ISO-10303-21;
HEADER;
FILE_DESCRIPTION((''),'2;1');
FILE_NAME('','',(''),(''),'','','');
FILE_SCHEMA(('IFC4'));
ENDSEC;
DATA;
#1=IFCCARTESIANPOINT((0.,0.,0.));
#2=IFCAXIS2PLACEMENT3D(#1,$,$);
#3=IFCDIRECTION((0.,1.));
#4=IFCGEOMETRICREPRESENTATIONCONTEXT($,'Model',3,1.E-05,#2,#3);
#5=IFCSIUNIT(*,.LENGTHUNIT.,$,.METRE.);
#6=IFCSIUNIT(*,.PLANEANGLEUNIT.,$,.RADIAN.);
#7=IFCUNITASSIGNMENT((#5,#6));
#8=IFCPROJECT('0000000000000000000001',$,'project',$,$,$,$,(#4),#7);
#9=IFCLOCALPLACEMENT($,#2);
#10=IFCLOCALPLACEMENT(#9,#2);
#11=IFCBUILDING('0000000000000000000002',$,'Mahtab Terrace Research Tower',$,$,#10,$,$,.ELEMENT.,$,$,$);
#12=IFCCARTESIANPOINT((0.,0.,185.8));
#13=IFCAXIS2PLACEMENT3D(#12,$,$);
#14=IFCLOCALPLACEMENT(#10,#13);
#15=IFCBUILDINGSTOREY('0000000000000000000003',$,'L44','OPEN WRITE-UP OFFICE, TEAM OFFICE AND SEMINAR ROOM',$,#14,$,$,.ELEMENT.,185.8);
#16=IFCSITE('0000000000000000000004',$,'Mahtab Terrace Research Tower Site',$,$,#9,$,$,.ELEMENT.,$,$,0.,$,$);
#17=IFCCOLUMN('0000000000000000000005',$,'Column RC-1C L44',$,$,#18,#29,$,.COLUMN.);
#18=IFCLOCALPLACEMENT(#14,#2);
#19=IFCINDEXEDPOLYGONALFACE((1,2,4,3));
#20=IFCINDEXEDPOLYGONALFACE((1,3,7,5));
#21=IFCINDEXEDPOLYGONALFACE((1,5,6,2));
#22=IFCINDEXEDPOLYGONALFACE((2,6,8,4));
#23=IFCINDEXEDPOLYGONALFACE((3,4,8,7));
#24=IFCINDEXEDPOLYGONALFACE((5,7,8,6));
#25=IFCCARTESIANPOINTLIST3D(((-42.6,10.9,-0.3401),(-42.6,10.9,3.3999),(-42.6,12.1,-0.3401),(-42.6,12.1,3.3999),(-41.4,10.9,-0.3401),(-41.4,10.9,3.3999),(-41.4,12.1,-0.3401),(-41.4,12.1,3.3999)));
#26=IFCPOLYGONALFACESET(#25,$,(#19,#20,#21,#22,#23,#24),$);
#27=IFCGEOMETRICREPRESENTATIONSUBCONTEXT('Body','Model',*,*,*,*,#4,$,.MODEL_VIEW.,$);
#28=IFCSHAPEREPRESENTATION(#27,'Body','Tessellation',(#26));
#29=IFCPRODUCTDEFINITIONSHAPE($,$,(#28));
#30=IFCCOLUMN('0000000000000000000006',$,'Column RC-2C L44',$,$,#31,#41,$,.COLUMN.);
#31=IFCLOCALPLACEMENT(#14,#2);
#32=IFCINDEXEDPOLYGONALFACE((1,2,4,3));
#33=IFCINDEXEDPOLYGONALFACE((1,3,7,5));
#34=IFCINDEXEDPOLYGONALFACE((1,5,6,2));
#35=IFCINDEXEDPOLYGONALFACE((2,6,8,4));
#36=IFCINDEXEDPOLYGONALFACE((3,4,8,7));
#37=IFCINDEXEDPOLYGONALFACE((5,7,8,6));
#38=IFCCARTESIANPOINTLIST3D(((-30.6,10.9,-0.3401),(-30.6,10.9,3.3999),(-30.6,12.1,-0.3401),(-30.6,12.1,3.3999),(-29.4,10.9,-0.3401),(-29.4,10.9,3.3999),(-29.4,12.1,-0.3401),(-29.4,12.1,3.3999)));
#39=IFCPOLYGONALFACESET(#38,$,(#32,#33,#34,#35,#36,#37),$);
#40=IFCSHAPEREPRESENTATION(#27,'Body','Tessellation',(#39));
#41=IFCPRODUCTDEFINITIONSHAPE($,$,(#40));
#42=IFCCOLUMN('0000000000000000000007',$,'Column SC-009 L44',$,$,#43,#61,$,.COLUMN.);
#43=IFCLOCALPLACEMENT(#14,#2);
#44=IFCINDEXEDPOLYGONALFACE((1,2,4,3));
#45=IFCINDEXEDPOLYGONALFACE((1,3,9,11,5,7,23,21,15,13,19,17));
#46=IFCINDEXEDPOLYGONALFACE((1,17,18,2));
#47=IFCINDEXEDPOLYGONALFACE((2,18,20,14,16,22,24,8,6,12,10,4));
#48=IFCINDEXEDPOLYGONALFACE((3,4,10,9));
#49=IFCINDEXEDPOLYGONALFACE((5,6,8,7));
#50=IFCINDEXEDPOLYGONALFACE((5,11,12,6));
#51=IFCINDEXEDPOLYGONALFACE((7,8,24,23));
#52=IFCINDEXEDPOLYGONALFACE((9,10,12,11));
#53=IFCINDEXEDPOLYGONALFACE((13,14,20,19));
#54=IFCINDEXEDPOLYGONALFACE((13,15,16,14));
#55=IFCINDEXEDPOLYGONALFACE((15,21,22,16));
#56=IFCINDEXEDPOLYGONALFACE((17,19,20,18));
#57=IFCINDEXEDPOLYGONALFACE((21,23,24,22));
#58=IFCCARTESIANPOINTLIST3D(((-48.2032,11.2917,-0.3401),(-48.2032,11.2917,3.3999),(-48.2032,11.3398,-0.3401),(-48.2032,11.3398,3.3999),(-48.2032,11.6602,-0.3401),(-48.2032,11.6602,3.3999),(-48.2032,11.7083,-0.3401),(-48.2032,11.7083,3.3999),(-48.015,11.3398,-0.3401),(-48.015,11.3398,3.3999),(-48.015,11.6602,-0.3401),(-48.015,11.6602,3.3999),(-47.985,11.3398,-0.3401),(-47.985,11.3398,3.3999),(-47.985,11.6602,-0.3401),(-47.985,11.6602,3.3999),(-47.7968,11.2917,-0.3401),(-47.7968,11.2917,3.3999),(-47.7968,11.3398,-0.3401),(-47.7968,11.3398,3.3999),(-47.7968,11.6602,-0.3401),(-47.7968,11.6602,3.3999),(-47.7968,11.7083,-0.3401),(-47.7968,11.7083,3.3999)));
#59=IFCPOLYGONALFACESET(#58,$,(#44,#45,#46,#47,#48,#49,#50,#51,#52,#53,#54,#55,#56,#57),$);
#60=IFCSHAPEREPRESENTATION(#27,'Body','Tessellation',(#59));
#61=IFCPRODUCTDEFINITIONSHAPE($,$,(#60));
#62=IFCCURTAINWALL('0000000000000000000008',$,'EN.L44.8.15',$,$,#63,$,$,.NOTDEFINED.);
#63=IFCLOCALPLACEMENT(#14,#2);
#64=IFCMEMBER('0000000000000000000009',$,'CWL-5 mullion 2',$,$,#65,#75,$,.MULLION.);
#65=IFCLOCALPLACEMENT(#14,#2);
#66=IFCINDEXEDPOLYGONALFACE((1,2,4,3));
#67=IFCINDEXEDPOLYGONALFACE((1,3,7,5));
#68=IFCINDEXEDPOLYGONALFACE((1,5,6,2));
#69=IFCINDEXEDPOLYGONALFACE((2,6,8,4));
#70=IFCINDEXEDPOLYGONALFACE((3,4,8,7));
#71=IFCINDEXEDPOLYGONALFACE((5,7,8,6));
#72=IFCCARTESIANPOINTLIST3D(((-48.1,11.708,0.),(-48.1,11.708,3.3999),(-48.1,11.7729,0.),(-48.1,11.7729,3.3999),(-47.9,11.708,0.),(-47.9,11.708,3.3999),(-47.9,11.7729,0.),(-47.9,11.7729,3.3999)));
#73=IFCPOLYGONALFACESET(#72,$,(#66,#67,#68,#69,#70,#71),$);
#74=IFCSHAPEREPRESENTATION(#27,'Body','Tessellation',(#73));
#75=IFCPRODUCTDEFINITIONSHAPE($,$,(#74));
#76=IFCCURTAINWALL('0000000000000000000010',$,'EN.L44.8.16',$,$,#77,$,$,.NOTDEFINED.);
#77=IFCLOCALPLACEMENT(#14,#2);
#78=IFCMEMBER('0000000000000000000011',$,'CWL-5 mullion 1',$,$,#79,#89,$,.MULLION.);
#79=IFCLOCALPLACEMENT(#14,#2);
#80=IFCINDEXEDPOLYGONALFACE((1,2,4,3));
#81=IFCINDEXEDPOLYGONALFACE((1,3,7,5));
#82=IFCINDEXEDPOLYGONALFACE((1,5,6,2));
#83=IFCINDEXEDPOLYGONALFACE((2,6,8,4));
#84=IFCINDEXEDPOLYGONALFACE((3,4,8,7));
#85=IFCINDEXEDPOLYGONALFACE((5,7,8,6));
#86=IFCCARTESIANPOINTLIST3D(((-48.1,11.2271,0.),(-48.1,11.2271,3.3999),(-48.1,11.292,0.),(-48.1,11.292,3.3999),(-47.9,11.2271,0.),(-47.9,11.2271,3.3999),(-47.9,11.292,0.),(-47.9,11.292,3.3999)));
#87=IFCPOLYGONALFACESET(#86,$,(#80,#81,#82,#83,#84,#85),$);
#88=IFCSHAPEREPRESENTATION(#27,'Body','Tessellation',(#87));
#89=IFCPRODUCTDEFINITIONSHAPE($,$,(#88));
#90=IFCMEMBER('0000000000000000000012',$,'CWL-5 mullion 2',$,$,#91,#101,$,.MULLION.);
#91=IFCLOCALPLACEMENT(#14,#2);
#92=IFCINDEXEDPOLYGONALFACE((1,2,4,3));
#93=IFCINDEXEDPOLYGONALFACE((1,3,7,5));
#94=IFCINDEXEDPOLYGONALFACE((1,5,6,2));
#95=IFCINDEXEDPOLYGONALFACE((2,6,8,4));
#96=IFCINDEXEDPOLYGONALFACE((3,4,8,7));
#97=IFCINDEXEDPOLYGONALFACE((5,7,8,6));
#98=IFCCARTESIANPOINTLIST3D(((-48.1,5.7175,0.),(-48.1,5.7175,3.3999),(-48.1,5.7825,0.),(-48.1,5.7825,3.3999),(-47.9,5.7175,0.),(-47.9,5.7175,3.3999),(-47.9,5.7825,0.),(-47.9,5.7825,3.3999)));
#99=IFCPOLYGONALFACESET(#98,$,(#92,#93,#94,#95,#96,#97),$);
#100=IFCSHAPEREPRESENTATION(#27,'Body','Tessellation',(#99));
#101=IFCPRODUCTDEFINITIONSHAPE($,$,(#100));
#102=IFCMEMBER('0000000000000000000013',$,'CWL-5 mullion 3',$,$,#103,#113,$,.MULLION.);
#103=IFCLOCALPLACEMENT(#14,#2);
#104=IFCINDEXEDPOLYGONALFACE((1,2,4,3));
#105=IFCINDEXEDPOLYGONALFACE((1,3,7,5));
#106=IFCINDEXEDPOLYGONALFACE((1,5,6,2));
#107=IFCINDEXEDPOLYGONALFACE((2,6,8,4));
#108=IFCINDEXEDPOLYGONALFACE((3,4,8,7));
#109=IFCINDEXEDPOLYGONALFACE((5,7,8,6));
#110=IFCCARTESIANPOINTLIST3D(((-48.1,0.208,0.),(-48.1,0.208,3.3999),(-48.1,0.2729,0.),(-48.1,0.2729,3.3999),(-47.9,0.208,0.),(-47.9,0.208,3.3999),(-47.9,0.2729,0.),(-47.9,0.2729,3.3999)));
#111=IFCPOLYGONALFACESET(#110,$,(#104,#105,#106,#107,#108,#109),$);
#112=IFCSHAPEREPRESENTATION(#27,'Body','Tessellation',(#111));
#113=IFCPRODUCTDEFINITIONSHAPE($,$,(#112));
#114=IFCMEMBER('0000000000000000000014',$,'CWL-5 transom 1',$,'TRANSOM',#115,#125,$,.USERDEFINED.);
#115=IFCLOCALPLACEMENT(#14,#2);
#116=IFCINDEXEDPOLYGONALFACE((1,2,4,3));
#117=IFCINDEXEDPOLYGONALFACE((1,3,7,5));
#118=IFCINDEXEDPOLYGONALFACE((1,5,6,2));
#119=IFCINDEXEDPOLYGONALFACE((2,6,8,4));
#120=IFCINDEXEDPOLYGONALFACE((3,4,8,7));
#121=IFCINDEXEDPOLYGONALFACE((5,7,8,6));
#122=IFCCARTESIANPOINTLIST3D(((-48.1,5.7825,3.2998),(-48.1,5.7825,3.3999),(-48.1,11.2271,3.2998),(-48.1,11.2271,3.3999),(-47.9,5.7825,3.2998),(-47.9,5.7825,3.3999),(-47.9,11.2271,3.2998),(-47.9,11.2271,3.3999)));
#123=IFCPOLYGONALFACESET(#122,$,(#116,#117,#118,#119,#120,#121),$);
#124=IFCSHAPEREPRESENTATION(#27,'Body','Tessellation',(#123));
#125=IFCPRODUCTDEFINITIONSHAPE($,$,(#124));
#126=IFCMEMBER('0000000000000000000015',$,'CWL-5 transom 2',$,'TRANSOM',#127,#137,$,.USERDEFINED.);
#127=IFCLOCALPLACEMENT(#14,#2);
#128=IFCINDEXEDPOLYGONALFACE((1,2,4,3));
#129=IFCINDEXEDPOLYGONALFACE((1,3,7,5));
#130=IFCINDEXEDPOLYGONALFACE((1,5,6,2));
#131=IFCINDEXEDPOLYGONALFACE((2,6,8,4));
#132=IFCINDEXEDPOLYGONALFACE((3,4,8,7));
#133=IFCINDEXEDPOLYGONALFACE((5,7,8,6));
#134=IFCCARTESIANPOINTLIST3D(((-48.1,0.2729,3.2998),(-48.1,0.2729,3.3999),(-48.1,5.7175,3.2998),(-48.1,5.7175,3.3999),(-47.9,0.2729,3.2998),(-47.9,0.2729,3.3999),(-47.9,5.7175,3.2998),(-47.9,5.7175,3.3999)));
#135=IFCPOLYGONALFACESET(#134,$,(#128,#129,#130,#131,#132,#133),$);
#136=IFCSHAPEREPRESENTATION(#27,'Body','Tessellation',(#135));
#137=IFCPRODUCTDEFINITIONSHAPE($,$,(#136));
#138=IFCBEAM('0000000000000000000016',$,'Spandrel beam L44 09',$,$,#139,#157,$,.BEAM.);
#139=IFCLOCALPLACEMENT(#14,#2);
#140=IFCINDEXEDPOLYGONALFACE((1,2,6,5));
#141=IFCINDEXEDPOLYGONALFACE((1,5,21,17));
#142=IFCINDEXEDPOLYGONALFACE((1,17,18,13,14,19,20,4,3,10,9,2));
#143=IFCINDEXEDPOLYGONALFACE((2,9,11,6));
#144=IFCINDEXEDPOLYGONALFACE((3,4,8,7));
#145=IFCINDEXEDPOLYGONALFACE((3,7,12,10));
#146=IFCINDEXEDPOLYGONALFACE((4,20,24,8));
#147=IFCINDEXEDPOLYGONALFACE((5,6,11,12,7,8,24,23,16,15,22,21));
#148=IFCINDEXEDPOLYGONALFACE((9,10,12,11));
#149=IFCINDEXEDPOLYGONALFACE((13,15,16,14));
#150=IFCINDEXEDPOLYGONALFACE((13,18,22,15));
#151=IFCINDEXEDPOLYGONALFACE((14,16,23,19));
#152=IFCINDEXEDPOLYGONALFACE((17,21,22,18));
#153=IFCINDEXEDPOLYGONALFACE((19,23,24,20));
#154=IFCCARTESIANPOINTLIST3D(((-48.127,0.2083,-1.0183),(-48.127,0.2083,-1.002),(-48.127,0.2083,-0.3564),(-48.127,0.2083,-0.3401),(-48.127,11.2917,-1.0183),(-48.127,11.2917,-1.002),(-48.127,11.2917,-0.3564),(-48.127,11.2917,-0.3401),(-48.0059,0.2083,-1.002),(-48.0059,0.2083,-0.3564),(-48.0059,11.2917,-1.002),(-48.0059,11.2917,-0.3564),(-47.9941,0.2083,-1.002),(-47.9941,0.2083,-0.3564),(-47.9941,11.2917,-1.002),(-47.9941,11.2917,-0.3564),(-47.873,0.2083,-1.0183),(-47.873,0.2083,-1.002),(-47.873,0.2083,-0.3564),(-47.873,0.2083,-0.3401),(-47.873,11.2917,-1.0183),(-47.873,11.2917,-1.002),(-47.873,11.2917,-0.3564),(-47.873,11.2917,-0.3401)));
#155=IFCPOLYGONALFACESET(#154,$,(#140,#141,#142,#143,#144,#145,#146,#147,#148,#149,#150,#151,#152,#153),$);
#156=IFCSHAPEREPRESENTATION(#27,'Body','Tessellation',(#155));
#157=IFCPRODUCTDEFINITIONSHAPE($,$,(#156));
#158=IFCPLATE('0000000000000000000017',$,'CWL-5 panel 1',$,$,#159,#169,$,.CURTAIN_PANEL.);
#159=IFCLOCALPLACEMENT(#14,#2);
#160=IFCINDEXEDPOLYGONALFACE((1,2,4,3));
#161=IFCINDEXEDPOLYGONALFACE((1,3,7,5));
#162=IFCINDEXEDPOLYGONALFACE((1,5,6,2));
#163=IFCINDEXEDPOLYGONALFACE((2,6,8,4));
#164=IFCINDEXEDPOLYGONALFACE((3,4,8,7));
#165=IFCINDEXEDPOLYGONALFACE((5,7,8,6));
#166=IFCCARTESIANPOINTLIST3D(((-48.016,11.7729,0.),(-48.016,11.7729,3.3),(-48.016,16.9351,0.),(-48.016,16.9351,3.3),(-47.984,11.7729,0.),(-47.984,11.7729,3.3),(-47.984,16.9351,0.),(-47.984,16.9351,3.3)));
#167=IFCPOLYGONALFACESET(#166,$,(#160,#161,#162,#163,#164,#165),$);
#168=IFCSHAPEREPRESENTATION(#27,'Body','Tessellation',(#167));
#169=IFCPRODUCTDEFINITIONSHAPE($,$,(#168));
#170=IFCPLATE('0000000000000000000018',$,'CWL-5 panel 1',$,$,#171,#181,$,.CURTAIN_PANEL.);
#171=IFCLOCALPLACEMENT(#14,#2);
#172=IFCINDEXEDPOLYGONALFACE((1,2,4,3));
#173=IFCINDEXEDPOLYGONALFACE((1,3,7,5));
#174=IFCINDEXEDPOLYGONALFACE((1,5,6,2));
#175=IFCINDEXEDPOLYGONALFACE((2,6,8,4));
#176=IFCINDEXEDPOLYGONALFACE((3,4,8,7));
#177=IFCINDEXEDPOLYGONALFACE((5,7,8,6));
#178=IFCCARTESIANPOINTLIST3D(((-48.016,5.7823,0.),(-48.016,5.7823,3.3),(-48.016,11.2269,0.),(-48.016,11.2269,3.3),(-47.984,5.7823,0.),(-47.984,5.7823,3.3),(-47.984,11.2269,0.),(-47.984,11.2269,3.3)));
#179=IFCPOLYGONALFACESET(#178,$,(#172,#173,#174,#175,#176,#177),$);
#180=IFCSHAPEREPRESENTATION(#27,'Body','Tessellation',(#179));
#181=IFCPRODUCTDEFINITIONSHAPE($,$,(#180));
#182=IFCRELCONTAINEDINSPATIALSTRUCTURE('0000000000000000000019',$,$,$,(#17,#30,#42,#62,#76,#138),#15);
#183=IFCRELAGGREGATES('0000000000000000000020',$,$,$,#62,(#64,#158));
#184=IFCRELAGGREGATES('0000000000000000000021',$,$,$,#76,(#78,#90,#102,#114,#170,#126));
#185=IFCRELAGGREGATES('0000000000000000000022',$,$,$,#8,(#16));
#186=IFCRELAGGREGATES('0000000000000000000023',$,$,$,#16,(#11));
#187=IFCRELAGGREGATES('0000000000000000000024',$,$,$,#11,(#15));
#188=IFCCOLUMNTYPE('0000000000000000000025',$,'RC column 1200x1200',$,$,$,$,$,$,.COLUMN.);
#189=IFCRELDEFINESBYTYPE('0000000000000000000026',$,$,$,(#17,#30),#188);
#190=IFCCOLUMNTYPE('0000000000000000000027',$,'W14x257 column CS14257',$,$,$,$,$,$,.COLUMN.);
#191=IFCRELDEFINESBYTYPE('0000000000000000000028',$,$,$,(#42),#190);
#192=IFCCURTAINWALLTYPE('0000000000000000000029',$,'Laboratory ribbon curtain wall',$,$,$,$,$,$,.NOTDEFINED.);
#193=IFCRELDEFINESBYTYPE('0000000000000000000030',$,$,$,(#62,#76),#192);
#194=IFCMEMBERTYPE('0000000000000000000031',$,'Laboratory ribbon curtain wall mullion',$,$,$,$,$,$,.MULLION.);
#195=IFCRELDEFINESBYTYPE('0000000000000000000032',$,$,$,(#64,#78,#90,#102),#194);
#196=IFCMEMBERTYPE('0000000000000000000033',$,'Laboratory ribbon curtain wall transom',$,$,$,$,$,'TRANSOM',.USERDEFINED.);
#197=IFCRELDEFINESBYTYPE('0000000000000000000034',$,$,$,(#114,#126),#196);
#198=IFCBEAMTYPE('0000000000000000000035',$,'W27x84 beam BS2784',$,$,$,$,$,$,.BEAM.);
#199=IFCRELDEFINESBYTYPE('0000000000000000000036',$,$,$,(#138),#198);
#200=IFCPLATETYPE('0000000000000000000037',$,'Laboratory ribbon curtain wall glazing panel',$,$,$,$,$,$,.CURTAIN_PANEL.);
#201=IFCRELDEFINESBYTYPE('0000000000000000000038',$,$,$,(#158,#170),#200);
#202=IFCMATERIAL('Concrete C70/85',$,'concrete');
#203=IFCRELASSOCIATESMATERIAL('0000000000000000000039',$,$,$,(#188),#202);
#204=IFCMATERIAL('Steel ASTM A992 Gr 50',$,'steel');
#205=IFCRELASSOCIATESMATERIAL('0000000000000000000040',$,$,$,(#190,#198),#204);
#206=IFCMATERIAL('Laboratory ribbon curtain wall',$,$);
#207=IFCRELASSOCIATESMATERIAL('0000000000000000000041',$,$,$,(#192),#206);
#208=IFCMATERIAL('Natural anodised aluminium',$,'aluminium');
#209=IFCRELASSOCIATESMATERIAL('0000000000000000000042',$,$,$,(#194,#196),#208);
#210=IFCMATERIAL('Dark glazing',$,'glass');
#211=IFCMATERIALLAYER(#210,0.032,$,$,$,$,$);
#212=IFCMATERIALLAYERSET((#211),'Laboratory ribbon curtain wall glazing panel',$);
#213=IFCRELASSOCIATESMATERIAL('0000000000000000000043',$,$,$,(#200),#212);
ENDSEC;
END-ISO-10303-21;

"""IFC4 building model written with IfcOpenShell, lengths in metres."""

from ifc_helpers import new_model, si_unit, direction, frame, origin, origin_2d, place, context, subcontext, project, spatial, rectangle, i_section, extrude, material, layer, layer_set, material_profile, profile_set, type_object, element, aggregate, save


model = new_model("IFC4")

# Units and contexts
model_context = context("Model", 3, precision=1e-05, world=origin(), true_north=direction((0.0, 1.0)))
body_context = subcontext(model_context, "Body", "Model", "MODEL_VIEW")
ifc_project = project(units=[si_unit("LENGTHUNIT", "METRE"), si_unit("PLANEANGLEUNIT", "RADIAN")], contexts=[model_context])

# Site, building, storey
site_placement = place(None, origin())
site = spatial("IfcSite", under=ifc_project, at=site_placement, Name="Mahtab Terrace Research Tower Site", CompositionType="ELEMENT", RefElevation=0.0)
building_placement = place(site_placement, origin())
building = spatial("IfcBuilding", under=site, at=building_placement, Name="Mahtab Terrace Research Tower", CompositionType="ELEMENT")
storey_placement = place(building_placement, frame((0.0, 0.0, 185.8)))
storey = spatial("IfcBuildingStorey", under=building, at=storey_placement, Name="L44", Description="OPEN WRITE-UP OFFICE, TEAM OFFICE AND SEMINAR ROOM", CompositionType="ELEMENT", Elevation=185.8)

# Columns
ifc_material_1 = material(Name="Concrete C70/85", Category="concrete")
ifc_material_profile_1 = material_profile(ifc_material_1, rectangle(XDim=1.2, YDim=1.2, at=origin_2d()), Name="RC column 1200x1200")
ifc_profile_set_1 = profile_set([ifc_material_profile_1], Name="Concrete C70/85")
column_type_1 = type_object("IfcColumnType", Name="RC column 1200x1200", PredefinedType="COLUMN", material=ifc_profile_set_1)
for number, where, z_axis, x_axis, name in (
    (1, (-42.0, 11.5, -0.3401), (0.0, 0.0, 1.0), (1.0, 0.0, 0.0), "Column RC-1C L44"),
    (2, (-30.0, 11.5, -0.3401), (0.0, 0.0, 1.0), (1.0, 0.0, 0.0), "Column RC-2C L44"),
):
    element("IfcColumn", number, at=place(storey_placement, frame(where, z_axis=z_axis, x_axis=x_axis)), inside=storey, type_object=column_type_1, Name=name, PredefinedType="COLUMN", context=body_context, shape_type="SweptSolid", body=[
        extrude(rectangle(XDim=1.2, YDim=1.2, at=origin_2d()), origin(), (0.0, 0.0, 1.0), 3.74),
    ])
ifc_material_2 = material(Name="Steel ASTM A992 Gr 50", Category="steel")
ifc_material_profile_2 = material_profile(ifc_material_2, i_section(OverallWidth=0.4065, OverallDepth=0.4165, WebThickness=0.03, FlangeThickness=0.0481, at=origin_2d()), Name="W14X257")
ifc_profile_set_2 = profile_set([ifc_material_profile_2], Name="Steel ASTM A992 Gr 50")
column_type_2 = type_object("IfcColumnType", Name="W14x257 column CS14257", PredefinedType="COLUMN", material=ifc_profile_set_2)
column_placement = place(storey_placement, frame((-48.0, 11.5, -0.3401), z_axis=(0.0, 0.0, 1.0), x_axis=(1.0, 0.0, 0.0)))
element("IfcColumn", 3, at=column_placement, inside=storey, type_object=column_type_2, Name="Column SC-009 L44", PredefinedType="COLUMN", context=body_context, shape_type="SweptSolid", body=[
    extrude(i_section(OverallWidth=0.4065, OverallDepth=0.4165, WebThickness=0.03, FlangeThickness=0.0481, at=origin_2d()), origin(), (0.0, 0.0, 1.0), 3.74),
])

# Curtain wall, member
ifc_material_3 = material(Name="Laboratory ribbon curtain wall")
curtain_wall_type = type_object("IfcCurtainWallType", Name="Laboratory ribbon curtain wall", PredefinedType="NOTDEFINED", material=ifc_material_3)
curtain_wall_1_placement = place(storey_placement, origin())
curtain_wall_1 = element("IfcCurtainWall", 4, at=curtain_wall_1_placement, inside=storey, type_object=curtain_wall_type, Name="EN.L44.8.15", PredefinedType="NOTDEFINED")
ifc_material_4 = material(Name="Natural anodised aluminium", Category="aluminium")
ifc_material_profile_3 = material_profile(ifc_material_4, rectangle(XDim=0.2, YDim=0.0649, at=origin_2d()), Name="MULLION 65x200")
ifc_profile_set_3 = profile_set([ifc_material_profile_3], Name="Natural anodised aluminium")
member_type_1 = type_object("IfcMemberType", Name="Laboratory ribbon curtain wall mullion", PredefinedType="MULLION", material=ifc_profile_set_3)
member_1_placement = place(storey_placement, frame((-48.0, 11.7405, 0.0), z_axis=(0.0, 0.0, 1.0), x_axis=(1.0, 0.0, 0.0)))
member_1 = element("IfcMember", 5, at=member_1_placement, type_object=member_type_1, Name="CWL-5 mullion 2", PredefinedType="MULLION", context=body_context, shape_type="SweptSolid", body=[
    extrude(rectangle(XDim=0.2, YDim=0.0649, at=origin_2d()), origin(), (0.0, 0.0, 1.0), 3.3999),
])

# Curtain wall, members
curtain_wall_2_placement = place(storey_placement, origin())
curtain_wall_2 = element("IfcCurtainWall", 6, at=curtain_wall_2_placement, inside=storey, type_object=curtain_wall_type, Name="EN.L44.8.16", PredefinedType="NOTDEFINED")
member_2_placement = place(storey_placement, frame((-48.0, 11.2595, 0.0), z_axis=(0.0, 0.0, 1.0), x_axis=(1.0, 0.0, 0.0)))
member_2 = element("IfcMember", 7, at=member_2_placement, type_object=member_type_1, Name="CWL-5 mullion 1", PredefinedType="MULLION", context=body_context, shape_type="SweptSolid", body=[
    extrude(rectangle(XDim=0.2, YDim=0.0649, at=origin_2d()), origin(), (0.0, 0.0, 1.0), 3.3999),
])
member_3_placement = place(storey_placement, frame((-48.0, 5.75, 0.0), z_axis=(0.0, 0.0, 1.0), x_axis=(1.0, 0.0, 0.0)))
member_3 = element("IfcMember", 8, at=member_3_placement, type_object=member_type_1, Name="CWL-5 mullion 2", PredefinedType="MULLION", context=body_context, shape_type="SweptSolid", body=[
    extrude(rectangle(XDim=0.2, YDim=0.0649, at=origin_2d()), origin(), (0.0, 0.0, 1.0), 3.3999),
])
member_4_placement = place(storey_placement, frame((-48.0, 0.2405, 0.0), z_axis=(0.0, 0.0, 1.0), x_axis=(1.0, 0.0, 0.0)))
member_4 = element("IfcMember", 9, at=member_4_placement, type_object=member_type_1, Name="CWL-5 mullion 3", PredefinedType="MULLION", context=body_context, shape_type="SweptSolid", body=[
    extrude(rectangle(XDim=0.2, YDim=0.0649, at=origin_2d()), origin(), (0.0, 0.0, 1.0), 3.3999),
])
ifc_material_profile_4 = material_profile(ifc_material_4, rectangle(XDim=0.2, YDim=0.1001, at=origin_2d()), Name="TRANSOM 100x200")
ifc_profile_set_4 = profile_set([ifc_material_profile_4], Name="Natural anodised aluminium")
member_type_2 = type_object("IfcMemberType", Name="Laboratory ribbon curtain wall transom", ElementType="TRANSOM", PredefinedType="USERDEFINED", material=ifc_profile_set_4)
member_5_placement = place(storey_placement, frame((-48.0, 11.2271, 3.3499), z_axis=(0.0, -1.0, 0.0), x_axis=(1.0, 0.0, 0.0)))
member_5 = element("IfcMember", 10, at=member_5_placement, type_object=member_type_2, Name="CWL-5 transom 1", ObjectType="TRANSOM", PredefinedType="USERDEFINED", context=body_context, shape_type="SweptSolid", body=[
    extrude(rectangle(XDim=0.2, YDim=0.1001, at=origin_2d()), origin(), (0.0, 0.0, 1.0), 5.4446),
])
member_6_placement = place(storey_placement, frame((-48.0, 5.7175, 3.3499), z_axis=(0.0, -1.0, 0.0), x_axis=(1.0, 0.0, 0.0)))
member_6 = element("IfcMember", 11, at=member_6_placement, type_object=member_type_2, Name="CWL-5 transom 2", ObjectType="TRANSOM", PredefinedType="USERDEFINED", context=body_context, shape_type="SweptSolid", body=[
    extrude(rectangle(XDim=0.2, YDim=0.1001, at=origin_2d()), origin(), (0.0, 0.0, 1.0), 5.4446),
])

# Beam
ifc_material_profile_5 = material_profile(ifc_material_2, i_section(OverallWidth=0.2539, OverallDepth=0.6782, WebThickness=0.0117, FlangeThickness=0.0164, at=origin_2d()), Name="W27X84")
ifc_profile_set_5 = profile_set([ifc_material_profile_5], Name="Steel ASTM A992 Gr 50")
beam_type = type_object("IfcBeamType", Name="W27x84 beam BS2784", PredefinedType="BEAM", material=ifc_profile_set_5)
beam_placement = place(storey_placement, frame((-48.0, 11.2917, -0.6792), z_axis=(0.0, -1.0, 0.0), x_axis=(1.0, 0.0, 0.0)))
element("IfcBeam", 12, at=beam_placement, inside=storey, type_object=beam_type, Name="Spandrel beam L44 09", PredefinedType="BEAM", context=body_context, shape_type="SweptSolid", body=[
    extrude(i_section(OverallWidth=0.2539, OverallDepth=0.6782, WebThickness=0.0117, FlangeThickness=0.0164, at=origin_2d()), origin(), (0.0, 0.0, 1.0), 11.0835),
])

# Plates
ifc_material_5 = material(Name="Dark glazing", Category="glass")
ifc_layer_1 = layer(ifc_material_5, 0.032)
ifc_layer_set_1 = layer_set([ifc_layer_1], Name="Laboratory ribbon curtain wall glazing panel")
plate_type = type_object("IfcPlateType", Name="Laboratory ribbon curtain wall glazing panel", PredefinedType="CURTAIN_PANEL", material=ifc_layer_set_1)
plate_1_placement = place(storey_placement, frame((-48.0, 14.354, 0.0), z_axis=(0.0, 0.0, 1.0), x_axis=(0.0, -1.0, 0.0)))
plate_1 = element("IfcPlate", 13, at=plate_1_placement, type_object=plate_type, Name="CWL-5 panel 1", PredefinedType="CURTAIN_PANEL", context=body_context, shape_type="SweptSolid", body=[
    extrude(rectangle(XDim=5.1621, YDim=0.032, at=origin_2d()), origin(), (0.0, 0.0, 1.0), 3.3),
])
aggregate(curtain_wall_1, [member_1, plate_1])
plate_2_placement = place(storey_placement, frame((-48.0, 8.5046, 0.0), z_axis=(0.0, 0.0, 1.0), x_axis=(0.0, -1.0, 0.0)))
plate_2 = element("IfcPlate", 14, at=plate_2_placement, type_object=plate_type, Name="CWL-5 panel 1", PredefinedType="CURTAIN_PANEL", context=body_context, shape_type="SweptSolid", body=[
    extrude(rectangle(XDim=5.4446, YDim=0.032, at=origin_2d()), origin(), (0.0, 0.0, 1.0), 3.3),
])
aggregate(curtain_wall_2, [member_2, member_3, member_4, member_5, plate_2, member_6])

save(model, "model.ifc")
